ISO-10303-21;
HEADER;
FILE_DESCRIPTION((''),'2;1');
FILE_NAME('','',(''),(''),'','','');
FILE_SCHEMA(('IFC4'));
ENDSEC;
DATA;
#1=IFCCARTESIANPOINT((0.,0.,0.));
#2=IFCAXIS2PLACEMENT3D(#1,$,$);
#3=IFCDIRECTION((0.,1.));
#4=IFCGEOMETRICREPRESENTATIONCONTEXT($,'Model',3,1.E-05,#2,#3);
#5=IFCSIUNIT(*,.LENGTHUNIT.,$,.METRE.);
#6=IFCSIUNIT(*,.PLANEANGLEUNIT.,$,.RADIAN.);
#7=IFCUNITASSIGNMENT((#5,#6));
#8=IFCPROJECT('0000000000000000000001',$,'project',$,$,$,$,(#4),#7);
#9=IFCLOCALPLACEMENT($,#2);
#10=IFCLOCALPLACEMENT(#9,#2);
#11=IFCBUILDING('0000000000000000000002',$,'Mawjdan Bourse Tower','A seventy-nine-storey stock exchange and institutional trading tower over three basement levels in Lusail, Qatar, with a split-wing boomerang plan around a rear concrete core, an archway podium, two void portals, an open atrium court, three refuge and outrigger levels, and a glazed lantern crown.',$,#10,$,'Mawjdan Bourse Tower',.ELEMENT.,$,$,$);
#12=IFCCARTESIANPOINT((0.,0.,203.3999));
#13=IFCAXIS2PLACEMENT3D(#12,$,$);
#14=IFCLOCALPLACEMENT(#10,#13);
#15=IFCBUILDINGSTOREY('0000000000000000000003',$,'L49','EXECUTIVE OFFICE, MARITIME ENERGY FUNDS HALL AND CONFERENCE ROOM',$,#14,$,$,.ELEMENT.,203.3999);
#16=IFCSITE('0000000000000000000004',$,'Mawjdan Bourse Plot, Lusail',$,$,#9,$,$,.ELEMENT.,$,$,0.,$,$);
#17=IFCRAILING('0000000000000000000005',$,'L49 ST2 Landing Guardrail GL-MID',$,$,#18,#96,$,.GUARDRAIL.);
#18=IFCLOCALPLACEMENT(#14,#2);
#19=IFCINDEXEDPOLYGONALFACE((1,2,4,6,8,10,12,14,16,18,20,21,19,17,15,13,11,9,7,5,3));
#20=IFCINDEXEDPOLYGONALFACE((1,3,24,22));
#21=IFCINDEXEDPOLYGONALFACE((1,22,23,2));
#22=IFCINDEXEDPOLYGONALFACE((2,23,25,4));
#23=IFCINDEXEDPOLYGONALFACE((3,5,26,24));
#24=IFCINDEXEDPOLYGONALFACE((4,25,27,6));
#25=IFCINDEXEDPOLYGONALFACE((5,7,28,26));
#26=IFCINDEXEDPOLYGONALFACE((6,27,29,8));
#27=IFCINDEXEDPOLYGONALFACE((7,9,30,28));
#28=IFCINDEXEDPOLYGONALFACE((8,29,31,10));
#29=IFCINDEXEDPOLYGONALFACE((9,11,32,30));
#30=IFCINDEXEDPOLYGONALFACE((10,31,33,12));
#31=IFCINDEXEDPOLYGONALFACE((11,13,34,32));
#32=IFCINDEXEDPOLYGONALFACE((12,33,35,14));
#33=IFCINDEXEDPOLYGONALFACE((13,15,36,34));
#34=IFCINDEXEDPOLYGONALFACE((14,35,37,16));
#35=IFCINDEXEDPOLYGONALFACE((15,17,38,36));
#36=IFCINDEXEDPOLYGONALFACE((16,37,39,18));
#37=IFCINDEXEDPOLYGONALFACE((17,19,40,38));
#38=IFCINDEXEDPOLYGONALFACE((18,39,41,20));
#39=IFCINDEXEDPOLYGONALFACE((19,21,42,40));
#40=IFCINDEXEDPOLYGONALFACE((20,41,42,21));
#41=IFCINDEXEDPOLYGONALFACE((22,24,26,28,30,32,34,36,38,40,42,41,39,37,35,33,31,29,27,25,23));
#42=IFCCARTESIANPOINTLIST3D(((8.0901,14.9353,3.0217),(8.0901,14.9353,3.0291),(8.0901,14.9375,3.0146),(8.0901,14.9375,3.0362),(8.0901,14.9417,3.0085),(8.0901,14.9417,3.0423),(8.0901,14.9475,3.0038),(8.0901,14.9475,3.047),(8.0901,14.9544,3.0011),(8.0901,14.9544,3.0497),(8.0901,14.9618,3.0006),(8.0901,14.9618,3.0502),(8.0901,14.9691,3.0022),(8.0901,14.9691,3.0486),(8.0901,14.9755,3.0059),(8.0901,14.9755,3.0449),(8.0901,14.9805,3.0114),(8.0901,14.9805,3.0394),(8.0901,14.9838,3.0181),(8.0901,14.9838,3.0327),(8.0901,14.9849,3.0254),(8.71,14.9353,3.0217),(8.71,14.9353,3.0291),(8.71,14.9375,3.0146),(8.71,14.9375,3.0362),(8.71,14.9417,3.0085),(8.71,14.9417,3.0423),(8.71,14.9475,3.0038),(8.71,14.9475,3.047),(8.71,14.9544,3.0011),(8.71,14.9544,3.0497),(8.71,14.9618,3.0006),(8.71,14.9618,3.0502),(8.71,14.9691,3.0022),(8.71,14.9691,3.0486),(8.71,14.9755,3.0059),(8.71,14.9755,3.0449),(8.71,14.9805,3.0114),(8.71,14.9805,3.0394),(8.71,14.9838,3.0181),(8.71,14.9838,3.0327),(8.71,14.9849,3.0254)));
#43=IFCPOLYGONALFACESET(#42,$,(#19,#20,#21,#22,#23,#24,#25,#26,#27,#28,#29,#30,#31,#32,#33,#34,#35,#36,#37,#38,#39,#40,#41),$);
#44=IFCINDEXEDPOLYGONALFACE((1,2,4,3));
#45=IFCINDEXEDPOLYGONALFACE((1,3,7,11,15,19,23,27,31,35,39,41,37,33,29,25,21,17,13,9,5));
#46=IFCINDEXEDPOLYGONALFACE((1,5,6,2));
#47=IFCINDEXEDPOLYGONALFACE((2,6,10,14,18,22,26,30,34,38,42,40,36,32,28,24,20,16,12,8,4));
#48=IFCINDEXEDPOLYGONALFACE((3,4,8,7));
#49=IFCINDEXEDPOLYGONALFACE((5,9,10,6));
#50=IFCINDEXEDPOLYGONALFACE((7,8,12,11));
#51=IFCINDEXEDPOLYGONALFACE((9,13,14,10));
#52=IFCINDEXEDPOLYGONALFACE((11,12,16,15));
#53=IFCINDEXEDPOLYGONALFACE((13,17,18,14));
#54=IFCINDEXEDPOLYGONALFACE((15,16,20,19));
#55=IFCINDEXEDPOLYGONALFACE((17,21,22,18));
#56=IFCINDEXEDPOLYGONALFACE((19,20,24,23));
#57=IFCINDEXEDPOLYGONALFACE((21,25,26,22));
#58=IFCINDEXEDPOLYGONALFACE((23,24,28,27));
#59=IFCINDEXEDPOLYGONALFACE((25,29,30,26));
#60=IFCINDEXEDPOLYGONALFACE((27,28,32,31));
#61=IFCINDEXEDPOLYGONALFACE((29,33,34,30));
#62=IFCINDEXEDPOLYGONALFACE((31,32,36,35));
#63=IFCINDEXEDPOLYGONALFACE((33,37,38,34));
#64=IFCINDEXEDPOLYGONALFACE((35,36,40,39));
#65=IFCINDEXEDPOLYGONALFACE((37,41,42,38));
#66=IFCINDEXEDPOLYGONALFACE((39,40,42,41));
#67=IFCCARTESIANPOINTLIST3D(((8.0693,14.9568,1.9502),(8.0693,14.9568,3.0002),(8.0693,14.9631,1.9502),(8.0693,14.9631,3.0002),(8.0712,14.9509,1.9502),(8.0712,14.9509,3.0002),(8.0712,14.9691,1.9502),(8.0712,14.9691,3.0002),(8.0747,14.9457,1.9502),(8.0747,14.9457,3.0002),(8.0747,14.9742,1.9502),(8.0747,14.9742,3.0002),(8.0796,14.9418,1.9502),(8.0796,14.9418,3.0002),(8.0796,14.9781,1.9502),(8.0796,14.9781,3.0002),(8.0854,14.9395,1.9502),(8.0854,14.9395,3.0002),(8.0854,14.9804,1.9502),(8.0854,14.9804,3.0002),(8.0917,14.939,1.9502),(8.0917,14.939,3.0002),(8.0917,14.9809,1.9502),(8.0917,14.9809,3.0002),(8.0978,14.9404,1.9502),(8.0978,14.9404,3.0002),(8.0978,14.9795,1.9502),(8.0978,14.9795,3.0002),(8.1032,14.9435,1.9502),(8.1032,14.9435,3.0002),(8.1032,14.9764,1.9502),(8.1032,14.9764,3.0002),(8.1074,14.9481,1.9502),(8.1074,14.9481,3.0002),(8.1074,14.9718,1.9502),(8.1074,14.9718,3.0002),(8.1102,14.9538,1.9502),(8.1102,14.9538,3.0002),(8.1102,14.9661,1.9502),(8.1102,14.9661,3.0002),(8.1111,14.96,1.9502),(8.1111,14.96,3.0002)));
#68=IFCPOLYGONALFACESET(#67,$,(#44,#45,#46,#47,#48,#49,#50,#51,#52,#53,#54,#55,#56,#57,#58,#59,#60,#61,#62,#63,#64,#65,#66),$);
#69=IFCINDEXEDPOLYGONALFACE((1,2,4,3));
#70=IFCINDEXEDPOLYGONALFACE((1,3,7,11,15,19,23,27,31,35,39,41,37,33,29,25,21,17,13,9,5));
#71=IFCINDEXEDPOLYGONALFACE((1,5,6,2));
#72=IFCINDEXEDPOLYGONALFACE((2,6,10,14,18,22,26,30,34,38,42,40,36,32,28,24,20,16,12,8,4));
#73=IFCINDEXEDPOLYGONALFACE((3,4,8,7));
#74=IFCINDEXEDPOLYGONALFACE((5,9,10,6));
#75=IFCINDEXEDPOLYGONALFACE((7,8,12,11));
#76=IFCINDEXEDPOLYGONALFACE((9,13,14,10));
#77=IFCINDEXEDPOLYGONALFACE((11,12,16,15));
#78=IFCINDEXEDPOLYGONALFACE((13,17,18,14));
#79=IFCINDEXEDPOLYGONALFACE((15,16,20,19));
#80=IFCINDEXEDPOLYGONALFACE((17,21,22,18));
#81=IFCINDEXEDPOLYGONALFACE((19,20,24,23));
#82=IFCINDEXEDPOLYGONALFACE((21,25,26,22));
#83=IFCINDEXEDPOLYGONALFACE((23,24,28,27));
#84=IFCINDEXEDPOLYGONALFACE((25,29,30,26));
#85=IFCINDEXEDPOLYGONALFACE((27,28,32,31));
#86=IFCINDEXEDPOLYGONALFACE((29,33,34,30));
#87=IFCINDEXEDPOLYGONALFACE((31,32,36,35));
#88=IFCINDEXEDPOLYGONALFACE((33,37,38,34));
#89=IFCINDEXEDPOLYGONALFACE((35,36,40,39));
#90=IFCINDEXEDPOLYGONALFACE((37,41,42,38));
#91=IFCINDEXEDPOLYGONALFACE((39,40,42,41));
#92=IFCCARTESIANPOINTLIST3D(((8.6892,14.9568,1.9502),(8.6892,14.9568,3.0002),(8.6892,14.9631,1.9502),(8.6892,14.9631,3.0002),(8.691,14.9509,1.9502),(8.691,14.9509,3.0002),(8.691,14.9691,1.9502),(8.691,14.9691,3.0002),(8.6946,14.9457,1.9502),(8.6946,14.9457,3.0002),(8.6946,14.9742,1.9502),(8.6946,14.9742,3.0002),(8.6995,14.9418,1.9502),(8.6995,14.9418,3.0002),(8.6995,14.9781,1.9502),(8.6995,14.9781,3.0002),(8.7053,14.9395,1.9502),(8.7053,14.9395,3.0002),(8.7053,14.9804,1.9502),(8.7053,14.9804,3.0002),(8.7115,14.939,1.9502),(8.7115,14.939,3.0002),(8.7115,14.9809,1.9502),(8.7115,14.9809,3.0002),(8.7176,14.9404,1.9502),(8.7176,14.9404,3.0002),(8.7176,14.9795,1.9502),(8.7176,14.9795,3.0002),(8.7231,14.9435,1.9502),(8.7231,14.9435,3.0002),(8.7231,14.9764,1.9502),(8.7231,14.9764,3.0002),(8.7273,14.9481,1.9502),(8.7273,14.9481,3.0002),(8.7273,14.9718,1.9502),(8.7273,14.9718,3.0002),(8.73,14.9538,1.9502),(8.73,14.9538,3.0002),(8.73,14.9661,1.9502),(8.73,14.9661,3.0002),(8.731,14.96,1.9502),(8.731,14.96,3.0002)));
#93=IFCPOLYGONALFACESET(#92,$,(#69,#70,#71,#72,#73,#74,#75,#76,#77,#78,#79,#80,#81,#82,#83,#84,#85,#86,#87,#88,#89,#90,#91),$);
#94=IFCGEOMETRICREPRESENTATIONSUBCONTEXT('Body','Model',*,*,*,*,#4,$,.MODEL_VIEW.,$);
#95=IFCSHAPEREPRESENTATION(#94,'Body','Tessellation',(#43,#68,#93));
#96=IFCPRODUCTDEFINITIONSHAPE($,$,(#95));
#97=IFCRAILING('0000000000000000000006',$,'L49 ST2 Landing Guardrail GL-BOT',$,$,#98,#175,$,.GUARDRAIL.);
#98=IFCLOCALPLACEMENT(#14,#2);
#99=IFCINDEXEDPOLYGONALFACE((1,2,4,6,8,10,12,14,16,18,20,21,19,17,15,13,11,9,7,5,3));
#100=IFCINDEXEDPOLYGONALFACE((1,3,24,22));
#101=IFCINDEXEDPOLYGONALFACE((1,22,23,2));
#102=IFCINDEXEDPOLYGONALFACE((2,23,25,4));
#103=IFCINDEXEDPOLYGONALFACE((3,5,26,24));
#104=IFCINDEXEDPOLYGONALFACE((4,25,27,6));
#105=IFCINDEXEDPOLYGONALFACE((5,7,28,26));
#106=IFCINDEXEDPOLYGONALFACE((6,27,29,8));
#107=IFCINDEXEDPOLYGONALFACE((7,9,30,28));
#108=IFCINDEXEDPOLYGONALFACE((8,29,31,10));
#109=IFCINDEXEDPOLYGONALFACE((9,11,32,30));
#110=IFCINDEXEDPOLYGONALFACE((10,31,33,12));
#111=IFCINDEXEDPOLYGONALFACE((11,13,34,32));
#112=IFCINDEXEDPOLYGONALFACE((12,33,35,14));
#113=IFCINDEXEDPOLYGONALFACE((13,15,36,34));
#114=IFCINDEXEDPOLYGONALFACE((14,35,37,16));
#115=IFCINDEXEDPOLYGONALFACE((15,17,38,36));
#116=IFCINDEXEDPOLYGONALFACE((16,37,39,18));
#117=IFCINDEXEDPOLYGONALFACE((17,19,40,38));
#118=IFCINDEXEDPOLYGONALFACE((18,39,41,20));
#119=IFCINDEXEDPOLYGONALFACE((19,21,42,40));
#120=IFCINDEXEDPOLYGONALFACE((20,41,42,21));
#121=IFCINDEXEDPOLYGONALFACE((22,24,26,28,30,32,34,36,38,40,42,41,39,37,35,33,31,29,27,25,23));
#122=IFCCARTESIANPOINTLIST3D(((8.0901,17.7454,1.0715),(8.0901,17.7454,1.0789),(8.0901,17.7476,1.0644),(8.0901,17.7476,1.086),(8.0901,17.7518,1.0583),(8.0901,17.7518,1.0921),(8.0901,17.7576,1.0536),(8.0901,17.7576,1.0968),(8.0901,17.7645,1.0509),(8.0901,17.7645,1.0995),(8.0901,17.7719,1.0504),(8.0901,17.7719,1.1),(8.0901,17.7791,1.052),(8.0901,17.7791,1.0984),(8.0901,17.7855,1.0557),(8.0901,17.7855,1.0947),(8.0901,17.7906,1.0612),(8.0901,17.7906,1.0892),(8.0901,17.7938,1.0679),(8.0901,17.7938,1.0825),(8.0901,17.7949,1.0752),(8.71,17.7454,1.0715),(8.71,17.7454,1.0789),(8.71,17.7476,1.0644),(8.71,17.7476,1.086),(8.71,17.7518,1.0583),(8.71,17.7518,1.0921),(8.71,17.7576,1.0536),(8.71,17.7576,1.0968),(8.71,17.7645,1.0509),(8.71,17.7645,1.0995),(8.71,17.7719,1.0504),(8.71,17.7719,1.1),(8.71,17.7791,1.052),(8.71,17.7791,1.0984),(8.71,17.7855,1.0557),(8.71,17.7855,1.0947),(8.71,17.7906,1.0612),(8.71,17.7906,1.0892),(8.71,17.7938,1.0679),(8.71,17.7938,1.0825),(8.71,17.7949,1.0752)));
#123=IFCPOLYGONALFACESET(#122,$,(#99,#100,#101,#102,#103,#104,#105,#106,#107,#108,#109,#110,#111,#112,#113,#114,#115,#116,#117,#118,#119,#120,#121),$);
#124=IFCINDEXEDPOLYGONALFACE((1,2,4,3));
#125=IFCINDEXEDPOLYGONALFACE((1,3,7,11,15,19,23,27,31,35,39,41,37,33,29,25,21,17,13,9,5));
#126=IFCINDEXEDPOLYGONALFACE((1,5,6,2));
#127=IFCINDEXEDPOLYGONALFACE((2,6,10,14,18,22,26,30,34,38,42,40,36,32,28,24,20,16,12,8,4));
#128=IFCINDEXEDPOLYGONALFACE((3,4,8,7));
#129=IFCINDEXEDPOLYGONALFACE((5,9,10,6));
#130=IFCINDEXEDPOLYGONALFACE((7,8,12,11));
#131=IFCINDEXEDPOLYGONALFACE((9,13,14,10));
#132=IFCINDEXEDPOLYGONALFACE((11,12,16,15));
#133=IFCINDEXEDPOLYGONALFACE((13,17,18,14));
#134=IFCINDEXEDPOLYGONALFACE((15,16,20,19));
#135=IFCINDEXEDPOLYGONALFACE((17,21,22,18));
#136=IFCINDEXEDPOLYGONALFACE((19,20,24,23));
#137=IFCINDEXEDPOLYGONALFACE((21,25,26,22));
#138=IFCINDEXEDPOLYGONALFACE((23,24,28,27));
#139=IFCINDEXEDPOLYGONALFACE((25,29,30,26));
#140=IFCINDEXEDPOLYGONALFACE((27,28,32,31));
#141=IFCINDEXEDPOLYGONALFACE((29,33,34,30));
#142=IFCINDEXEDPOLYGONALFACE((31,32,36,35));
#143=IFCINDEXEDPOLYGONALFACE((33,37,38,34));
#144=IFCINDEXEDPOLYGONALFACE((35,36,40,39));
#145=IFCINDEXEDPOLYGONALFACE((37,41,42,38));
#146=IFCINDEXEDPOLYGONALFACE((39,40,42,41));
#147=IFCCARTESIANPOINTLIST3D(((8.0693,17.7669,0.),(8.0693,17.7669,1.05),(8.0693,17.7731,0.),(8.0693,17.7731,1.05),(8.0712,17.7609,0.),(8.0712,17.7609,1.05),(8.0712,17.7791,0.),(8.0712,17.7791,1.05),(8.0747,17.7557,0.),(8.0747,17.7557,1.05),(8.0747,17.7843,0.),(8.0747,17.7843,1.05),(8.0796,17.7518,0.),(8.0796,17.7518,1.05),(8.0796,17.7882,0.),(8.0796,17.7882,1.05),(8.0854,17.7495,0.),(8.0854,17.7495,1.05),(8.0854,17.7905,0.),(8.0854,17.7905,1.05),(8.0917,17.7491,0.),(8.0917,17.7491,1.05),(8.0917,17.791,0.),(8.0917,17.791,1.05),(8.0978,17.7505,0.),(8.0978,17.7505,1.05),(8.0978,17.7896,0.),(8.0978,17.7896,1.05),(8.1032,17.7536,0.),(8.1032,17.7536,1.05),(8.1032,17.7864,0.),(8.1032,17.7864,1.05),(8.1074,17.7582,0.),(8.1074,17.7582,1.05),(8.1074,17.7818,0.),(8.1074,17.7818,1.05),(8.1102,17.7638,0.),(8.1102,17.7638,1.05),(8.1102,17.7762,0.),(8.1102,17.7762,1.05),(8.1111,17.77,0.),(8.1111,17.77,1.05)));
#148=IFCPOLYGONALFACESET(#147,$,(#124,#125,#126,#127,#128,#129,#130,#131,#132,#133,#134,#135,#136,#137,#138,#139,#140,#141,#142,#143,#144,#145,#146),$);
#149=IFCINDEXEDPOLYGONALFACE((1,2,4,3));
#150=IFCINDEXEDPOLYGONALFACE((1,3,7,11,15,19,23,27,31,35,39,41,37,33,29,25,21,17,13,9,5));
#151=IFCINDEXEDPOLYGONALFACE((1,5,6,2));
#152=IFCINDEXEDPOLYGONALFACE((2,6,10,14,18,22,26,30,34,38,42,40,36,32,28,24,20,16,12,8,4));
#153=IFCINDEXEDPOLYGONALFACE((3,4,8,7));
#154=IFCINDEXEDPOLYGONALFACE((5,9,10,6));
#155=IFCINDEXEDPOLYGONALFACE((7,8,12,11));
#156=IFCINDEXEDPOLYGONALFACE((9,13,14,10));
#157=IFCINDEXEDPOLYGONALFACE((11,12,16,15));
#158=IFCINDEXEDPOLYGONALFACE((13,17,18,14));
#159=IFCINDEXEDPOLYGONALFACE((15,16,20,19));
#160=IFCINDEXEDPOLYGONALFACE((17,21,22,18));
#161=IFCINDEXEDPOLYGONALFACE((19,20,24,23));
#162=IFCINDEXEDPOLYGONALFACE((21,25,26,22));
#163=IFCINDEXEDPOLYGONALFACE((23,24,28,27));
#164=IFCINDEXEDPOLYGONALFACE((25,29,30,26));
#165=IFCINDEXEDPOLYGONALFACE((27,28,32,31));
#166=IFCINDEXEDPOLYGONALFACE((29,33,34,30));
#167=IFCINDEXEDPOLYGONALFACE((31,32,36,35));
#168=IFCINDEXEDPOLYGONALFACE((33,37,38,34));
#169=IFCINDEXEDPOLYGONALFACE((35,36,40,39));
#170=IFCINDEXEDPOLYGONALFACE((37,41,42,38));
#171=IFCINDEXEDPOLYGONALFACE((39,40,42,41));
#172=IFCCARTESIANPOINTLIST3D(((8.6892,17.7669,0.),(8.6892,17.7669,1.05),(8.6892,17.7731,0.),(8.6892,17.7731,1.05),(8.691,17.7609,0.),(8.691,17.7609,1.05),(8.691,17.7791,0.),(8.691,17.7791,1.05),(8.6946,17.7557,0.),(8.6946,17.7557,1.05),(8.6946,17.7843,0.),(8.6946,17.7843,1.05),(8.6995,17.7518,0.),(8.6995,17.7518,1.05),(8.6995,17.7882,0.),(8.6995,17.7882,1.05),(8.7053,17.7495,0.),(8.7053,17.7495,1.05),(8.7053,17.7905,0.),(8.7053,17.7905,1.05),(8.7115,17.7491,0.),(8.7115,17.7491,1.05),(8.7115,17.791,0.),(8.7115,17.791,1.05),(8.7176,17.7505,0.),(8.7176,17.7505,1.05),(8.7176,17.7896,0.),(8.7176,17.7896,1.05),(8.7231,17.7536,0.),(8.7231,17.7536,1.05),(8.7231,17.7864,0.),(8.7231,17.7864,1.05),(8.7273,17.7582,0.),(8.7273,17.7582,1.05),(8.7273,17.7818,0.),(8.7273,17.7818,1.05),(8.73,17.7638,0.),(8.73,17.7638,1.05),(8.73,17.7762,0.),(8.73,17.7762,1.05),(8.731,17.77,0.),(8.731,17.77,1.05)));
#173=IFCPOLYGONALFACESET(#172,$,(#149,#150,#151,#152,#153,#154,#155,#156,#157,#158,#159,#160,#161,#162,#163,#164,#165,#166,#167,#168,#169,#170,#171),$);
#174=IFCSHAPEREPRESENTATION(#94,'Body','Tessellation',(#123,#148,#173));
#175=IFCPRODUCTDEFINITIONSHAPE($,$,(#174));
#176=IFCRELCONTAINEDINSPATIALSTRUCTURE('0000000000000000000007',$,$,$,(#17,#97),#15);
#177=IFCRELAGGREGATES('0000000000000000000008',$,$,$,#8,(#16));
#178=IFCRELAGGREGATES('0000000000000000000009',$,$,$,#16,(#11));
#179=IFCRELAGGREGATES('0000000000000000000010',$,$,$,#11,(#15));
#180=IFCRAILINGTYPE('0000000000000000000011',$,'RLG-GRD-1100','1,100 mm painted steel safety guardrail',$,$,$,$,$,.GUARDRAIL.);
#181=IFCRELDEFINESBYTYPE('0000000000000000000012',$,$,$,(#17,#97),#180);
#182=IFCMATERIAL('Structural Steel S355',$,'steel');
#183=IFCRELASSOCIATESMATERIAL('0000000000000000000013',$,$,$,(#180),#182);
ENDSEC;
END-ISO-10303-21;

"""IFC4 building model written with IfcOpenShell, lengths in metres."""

from ifc_helpers import new_model, si_unit, direction, frame, origin, origin_2d, place, context, subcontext, project, spatial, circle, extrude, material, type_object, element, save


model = new_model("IFC4")

# Units and contexts
model_context = context("Model", 3, precision=1e-05, world=origin(), true_north=direction((0.0, 1.0)))
body_context = subcontext(model_context, "Body", "Model", "MODEL_VIEW")
ifc_project = project(units=[si_unit("LENGTHUNIT", "METRE"), si_unit("PLANEANGLEUNIT", "RADIAN")], contexts=[model_context])

# Site, building, storey
site_placement = place(None, origin())
site = spatial("IfcSite", under=ifc_project, at=site_placement, Name="Mawjdan Bourse Plot, Lusail", CompositionType="ELEMENT", RefElevation=0.0)
building_placement = place(site_placement, origin())
building = spatial("IfcBuilding", under=site, at=building_placement, Name="Mawjdan Bourse Tower", Description="A seventy-nine-storey stock exchange and institutional trading tower over three basement levels in Lusail, Qatar, with a split-wing boomerang plan around a rear concrete core, an archway podium, two void portals, an open atrium court, three refuge and outrigger levels, and a glazed lantern crown.", LongName="Mawjdan Bourse Tower", CompositionType="ELEMENT")
storey_placement = place(building_placement, frame((0.0, 0.0, 203.3999)))
storey = spatial("IfcBuildingStorey", under=building, at=storey_placement, Name="L49", Description="EXECUTIVE OFFICE, MARITIME ENERGY FUNDS HALL AND CONFERENCE ROOM", CompositionType="ELEMENT", Elevation=203.3999)

# Shared definitions
ifc_material_1 = material(Name="Structural Steel S355", Category="steel")

# Railings
railing_type_1 = type_object("IfcRailingType", Name="RLG-GRD-1100", Description="1,100 mm painted steel safety guardrail", PredefinedType="GUARDRAIL", material=ifc_material_1)
for number, where, name in (
    (1, (8.0901, 14.96, 1.9502), "L49 ST2 Landing Guardrail GL-MID"),
    (2, (8.0901, 17.77, 0.0), "L49 ST2 Landing Guardrail GL-BOT"),
):
    element("IfcRailing", number, at=place(storey_placement, frame(where)), inside=storey, type_object=railing_type_1, Name=name, PredefinedType="GUARDRAIL", context=body_context, shape_type="SweptSolid", body=[
        extrude(circle(Radius=0.0249, at=origin_2d()), frame((0.0, 0.0, 1.0752), z_axis=(1.0, 0.0, 0.0), x_axis=(0.0, 1.0, 0.0)), (0.0, 0.0, 1.0), 0.6199),
        extrude(circle(Radius=0.021, at=origin_2d()), origin(), (0.0, 0.0, 1.0), 1.05),
        extrude(circle(Radius=0.021, at=origin_2d()), frame((0.6199, 0.0, 0.0)), (0.0, 0.0, 1.0), 1.05),
    ])

save(model, "model.ifc")
